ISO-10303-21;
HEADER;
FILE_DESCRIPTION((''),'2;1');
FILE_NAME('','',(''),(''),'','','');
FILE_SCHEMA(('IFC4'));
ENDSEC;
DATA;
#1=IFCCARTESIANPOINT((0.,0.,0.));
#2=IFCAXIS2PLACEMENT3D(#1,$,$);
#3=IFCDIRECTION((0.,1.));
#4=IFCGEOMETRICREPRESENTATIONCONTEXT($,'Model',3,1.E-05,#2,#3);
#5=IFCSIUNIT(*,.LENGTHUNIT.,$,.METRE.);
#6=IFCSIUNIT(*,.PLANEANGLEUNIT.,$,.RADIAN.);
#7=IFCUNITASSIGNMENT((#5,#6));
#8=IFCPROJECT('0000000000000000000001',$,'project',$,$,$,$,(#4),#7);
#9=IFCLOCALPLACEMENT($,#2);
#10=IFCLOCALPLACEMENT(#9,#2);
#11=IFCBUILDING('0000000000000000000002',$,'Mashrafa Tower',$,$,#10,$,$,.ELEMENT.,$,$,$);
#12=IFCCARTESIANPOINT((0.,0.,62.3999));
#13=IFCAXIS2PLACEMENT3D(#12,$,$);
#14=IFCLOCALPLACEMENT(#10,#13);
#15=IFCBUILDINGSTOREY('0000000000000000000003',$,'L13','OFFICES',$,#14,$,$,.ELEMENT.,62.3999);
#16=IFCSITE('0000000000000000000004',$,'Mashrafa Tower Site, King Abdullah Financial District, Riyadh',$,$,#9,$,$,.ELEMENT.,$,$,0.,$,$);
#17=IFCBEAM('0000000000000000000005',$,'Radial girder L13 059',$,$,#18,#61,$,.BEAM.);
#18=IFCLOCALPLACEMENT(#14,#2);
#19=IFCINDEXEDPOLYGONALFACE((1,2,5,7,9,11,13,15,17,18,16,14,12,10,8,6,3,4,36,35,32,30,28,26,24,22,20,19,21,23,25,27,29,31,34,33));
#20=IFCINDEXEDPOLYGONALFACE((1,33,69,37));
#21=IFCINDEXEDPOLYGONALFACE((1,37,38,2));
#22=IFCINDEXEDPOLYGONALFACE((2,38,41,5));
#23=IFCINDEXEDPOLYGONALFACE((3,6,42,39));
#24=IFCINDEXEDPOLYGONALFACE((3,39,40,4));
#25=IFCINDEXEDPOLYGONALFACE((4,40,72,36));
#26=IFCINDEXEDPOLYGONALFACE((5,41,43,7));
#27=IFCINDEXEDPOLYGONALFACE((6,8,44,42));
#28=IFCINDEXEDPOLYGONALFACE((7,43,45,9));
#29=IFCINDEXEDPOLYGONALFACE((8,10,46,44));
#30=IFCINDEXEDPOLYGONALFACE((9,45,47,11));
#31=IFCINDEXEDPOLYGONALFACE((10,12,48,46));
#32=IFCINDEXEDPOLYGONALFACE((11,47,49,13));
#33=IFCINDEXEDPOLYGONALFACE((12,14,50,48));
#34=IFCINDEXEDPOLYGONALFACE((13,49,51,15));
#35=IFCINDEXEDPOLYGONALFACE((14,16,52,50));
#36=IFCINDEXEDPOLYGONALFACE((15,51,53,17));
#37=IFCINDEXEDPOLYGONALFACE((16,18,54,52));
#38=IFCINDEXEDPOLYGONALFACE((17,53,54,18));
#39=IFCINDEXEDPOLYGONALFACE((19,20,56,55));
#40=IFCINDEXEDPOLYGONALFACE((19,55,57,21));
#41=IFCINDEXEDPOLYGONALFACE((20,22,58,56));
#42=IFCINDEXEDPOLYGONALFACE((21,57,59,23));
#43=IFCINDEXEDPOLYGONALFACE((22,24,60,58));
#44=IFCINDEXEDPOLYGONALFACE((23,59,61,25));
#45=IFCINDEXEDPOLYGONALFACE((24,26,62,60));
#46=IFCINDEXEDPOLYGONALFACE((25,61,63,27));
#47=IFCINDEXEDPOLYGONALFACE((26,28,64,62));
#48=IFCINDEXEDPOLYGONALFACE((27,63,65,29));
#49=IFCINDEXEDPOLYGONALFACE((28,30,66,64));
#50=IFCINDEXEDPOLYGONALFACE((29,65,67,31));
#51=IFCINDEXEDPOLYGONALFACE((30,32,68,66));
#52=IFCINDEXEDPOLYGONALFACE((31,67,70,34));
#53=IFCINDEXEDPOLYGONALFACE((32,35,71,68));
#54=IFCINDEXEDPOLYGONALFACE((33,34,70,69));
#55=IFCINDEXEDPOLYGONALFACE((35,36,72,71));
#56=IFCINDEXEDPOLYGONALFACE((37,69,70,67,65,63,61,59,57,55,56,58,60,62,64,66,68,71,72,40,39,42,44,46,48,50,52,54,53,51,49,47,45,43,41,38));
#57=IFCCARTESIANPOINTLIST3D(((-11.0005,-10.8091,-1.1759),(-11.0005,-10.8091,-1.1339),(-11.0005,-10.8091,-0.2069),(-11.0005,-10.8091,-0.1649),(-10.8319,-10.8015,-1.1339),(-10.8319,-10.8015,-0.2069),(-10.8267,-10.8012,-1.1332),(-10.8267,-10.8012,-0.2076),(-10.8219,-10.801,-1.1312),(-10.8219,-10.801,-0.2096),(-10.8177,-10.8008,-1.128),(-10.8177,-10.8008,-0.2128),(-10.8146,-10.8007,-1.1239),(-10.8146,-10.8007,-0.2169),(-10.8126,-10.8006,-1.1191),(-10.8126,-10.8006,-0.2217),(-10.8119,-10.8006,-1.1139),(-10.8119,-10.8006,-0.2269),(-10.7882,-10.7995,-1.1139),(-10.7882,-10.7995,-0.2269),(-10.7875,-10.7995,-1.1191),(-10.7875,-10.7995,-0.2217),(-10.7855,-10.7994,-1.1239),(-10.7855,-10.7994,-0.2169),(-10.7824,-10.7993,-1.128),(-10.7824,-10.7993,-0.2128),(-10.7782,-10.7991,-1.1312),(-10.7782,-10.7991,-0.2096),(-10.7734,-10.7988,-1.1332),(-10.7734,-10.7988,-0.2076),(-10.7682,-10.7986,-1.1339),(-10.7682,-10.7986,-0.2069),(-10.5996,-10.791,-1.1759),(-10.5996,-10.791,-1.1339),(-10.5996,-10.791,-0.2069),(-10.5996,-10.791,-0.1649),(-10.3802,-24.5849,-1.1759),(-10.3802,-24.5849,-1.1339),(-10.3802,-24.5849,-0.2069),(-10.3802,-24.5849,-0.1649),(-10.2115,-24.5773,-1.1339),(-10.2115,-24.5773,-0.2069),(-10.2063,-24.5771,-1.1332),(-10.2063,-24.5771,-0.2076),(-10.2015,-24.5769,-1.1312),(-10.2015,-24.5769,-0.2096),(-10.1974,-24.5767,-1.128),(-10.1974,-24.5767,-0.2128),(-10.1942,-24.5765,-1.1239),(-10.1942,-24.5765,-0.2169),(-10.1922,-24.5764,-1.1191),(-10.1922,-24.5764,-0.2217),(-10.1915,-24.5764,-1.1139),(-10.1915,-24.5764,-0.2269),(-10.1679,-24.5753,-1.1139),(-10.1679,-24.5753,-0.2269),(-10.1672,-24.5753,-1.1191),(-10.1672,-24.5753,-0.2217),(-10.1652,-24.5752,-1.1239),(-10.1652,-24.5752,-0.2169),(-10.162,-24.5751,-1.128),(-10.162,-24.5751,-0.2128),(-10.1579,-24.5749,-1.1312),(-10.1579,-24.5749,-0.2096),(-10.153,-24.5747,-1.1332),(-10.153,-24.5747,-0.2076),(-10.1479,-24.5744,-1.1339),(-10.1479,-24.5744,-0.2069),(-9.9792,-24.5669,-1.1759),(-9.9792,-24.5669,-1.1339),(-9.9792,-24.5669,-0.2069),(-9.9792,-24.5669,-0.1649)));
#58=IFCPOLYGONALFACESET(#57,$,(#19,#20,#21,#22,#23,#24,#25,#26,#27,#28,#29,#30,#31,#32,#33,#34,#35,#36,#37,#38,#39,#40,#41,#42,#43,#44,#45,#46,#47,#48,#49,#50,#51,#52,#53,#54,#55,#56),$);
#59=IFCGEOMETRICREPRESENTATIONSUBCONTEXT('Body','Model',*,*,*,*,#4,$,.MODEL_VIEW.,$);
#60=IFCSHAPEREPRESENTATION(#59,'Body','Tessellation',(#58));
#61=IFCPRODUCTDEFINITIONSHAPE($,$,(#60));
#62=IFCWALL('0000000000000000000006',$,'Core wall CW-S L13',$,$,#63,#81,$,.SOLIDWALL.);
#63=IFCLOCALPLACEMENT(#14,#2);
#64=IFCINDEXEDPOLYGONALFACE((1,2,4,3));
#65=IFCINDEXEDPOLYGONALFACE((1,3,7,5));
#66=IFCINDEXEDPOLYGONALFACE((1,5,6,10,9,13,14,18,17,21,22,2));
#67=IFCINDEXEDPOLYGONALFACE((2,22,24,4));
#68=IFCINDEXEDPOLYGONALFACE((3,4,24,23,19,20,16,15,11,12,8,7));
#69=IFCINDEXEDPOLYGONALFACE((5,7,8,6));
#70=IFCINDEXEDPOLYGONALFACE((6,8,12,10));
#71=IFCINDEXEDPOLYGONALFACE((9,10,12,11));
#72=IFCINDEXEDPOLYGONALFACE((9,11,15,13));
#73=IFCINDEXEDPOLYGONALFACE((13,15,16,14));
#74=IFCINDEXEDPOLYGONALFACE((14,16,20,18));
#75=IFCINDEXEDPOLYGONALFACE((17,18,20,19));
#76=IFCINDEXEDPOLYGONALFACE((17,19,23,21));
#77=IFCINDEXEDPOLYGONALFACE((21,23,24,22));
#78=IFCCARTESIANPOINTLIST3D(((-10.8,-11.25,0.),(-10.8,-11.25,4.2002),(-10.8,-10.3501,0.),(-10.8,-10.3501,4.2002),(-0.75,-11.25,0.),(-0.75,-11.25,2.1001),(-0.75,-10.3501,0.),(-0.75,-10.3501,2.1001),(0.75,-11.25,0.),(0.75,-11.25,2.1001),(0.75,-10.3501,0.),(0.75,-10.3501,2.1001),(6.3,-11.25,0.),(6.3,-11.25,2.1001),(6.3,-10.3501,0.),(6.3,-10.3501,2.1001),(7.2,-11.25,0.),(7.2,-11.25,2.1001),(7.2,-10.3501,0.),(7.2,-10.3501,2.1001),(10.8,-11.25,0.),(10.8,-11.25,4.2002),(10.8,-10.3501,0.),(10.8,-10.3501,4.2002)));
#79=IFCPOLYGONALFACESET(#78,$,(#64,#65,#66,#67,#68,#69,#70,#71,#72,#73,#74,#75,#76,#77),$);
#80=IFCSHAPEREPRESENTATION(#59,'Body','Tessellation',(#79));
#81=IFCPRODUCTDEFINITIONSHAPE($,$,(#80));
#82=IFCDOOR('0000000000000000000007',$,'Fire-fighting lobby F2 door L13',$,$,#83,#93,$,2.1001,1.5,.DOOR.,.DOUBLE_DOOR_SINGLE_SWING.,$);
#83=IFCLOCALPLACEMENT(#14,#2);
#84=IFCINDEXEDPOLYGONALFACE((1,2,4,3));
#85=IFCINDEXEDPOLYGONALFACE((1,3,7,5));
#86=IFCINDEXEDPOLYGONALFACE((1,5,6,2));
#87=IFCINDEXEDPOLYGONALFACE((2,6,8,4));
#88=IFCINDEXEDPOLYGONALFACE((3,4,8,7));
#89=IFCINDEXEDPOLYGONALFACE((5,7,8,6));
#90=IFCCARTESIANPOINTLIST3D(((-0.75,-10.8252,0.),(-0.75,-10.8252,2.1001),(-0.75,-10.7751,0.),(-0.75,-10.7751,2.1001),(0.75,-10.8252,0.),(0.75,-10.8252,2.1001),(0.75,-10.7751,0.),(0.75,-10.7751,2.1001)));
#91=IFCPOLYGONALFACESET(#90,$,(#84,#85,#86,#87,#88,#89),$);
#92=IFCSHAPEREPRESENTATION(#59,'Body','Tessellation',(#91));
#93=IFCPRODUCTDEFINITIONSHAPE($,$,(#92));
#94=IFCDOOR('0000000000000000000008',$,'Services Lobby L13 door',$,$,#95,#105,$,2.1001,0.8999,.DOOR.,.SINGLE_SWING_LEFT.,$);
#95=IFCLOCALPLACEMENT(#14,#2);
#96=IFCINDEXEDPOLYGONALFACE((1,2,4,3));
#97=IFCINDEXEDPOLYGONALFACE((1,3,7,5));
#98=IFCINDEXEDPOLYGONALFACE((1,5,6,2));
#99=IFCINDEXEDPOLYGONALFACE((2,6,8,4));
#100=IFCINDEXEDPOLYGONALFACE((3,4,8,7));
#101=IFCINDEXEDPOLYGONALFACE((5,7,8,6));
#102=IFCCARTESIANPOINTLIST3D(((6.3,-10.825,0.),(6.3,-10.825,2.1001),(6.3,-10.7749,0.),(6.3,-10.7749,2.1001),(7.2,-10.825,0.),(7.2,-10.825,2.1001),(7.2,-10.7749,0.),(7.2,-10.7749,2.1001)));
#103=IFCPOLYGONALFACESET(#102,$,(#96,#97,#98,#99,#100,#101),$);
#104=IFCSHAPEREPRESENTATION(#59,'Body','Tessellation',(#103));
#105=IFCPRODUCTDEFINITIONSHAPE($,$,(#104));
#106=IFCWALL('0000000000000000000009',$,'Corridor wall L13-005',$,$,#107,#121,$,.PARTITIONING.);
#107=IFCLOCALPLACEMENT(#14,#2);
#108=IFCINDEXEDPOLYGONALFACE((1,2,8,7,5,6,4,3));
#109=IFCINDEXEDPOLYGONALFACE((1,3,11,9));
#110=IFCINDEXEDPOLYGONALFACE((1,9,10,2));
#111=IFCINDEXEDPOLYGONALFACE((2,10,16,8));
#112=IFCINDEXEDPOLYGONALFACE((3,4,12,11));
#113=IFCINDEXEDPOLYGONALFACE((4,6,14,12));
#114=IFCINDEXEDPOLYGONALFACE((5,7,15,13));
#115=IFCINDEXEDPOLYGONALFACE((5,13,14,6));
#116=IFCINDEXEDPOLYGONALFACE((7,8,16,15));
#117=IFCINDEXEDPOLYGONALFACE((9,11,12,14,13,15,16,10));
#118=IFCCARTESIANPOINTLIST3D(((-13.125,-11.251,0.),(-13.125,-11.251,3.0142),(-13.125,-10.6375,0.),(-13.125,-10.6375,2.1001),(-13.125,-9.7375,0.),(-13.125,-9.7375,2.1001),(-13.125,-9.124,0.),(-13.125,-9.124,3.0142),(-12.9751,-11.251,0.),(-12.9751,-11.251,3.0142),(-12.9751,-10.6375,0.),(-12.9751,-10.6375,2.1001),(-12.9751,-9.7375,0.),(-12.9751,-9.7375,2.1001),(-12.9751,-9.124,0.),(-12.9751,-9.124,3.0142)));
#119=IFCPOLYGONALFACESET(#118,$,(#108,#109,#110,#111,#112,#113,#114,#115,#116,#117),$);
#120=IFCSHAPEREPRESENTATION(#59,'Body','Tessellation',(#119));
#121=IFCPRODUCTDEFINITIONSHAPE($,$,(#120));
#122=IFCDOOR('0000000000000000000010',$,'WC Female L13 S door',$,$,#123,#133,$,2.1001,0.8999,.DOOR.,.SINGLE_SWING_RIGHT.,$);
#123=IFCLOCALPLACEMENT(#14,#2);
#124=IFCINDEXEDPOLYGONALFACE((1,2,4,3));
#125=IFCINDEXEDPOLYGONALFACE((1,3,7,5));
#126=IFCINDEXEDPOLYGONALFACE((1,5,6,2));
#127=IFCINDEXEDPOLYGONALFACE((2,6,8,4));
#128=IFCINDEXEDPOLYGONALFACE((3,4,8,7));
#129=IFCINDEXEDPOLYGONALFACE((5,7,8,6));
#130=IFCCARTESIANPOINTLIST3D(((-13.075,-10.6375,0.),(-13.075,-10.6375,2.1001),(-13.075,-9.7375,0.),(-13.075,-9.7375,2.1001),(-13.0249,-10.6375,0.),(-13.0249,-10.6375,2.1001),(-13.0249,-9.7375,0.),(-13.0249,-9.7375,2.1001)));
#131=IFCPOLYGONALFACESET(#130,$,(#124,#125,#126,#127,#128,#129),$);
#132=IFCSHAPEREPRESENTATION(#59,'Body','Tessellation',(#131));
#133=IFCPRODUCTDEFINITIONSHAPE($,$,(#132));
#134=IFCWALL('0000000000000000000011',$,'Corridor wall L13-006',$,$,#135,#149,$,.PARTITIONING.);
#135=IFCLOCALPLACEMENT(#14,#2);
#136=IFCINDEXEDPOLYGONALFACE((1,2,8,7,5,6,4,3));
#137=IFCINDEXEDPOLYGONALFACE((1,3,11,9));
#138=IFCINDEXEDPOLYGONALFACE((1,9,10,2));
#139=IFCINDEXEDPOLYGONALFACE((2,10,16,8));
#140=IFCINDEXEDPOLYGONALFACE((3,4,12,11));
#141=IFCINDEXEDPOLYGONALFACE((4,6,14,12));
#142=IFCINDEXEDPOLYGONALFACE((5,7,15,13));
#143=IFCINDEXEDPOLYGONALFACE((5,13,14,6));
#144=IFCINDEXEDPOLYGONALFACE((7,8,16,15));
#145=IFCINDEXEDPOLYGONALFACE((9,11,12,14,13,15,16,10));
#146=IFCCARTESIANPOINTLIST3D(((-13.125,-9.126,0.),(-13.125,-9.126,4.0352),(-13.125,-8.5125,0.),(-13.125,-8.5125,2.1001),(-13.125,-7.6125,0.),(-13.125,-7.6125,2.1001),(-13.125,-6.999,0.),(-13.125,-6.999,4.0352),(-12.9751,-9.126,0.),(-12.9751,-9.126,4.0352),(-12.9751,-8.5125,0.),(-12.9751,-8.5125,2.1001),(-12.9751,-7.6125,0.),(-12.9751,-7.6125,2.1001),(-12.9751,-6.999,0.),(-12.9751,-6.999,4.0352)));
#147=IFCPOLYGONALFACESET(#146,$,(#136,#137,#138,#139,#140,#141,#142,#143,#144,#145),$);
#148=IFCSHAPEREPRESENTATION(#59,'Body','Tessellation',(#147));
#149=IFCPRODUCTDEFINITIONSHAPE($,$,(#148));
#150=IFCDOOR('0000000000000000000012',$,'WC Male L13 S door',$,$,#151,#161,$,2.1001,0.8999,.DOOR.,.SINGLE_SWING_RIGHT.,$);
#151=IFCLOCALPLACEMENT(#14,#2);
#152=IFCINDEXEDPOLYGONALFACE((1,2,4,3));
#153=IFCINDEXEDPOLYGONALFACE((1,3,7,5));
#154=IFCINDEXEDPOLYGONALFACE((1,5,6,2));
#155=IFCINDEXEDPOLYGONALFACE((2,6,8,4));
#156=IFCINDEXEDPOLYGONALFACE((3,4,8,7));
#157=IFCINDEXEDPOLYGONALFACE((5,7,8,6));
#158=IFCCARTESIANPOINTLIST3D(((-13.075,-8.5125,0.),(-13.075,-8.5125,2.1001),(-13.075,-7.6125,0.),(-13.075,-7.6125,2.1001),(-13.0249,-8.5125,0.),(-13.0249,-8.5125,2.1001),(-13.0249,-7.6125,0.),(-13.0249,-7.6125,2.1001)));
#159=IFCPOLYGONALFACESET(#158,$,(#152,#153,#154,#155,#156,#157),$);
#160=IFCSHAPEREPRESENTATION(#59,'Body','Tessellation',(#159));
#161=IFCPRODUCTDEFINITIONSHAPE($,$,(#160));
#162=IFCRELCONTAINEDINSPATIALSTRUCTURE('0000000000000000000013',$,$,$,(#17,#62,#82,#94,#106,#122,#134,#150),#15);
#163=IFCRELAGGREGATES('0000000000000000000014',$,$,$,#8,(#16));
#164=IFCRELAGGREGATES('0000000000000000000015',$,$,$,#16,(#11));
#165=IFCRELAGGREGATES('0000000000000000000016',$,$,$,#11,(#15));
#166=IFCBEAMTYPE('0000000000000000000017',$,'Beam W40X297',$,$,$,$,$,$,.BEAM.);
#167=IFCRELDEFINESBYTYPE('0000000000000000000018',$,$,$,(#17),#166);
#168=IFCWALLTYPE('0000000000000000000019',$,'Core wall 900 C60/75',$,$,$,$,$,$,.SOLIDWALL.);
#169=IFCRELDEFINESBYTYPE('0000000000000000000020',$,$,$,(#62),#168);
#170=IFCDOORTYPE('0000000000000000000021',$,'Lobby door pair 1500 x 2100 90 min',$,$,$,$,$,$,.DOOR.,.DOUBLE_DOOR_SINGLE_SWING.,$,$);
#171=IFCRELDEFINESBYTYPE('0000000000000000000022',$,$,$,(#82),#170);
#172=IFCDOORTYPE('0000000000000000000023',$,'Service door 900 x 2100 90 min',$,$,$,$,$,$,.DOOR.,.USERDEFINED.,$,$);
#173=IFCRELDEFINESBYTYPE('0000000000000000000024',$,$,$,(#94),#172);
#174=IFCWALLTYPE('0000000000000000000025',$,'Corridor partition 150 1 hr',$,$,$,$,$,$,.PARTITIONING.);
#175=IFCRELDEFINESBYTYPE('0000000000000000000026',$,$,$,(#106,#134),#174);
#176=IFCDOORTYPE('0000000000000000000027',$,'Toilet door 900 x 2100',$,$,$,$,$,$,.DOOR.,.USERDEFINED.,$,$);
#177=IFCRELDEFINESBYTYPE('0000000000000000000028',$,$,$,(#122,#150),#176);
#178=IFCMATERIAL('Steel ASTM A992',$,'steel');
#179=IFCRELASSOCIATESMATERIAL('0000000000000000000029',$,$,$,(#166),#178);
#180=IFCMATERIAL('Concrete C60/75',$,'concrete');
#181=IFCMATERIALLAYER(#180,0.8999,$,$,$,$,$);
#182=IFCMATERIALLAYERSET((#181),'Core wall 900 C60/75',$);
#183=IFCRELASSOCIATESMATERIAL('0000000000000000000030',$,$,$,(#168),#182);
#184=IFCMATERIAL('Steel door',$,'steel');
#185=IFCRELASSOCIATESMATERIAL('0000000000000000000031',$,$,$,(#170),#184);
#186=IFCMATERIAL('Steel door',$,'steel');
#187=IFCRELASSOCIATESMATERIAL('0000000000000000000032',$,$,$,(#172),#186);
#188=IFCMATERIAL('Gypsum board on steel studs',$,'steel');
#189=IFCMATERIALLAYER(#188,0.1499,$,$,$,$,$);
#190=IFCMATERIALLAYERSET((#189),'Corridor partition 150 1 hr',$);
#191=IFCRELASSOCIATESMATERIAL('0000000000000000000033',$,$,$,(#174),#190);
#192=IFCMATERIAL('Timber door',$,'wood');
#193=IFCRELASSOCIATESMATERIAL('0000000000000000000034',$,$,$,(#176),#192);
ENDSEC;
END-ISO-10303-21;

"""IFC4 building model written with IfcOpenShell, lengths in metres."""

from ifc_helpers import new_model, si_unit, direction, frame, frame_2d, origin, origin_2d, place, context, subcontext, project, spatial, rectangle, i_section, extrude, material, layer, layer_set, material_profile, profile_set, type_object, element, fill, save


model = new_model("IFC4")

# Units and contexts
model_context = context("Model", 3, precision=1e-05, world=origin(), true_north=direction((0.0, 1.0)))
body_context = subcontext(model_context, "Body", "Model", "MODEL_VIEW")
ifc_project = project(units=[si_unit("LENGTHUNIT", "METRE"), si_unit("PLANEANGLEUNIT", "RADIAN")], contexts=[model_context])

# Site, building, storey
site_placement = place(None, origin())
site = spatial("IfcSite", under=ifc_project, at=site_placement, Name="Mashrafa Tower Site, King Abdullah Financial District, Riyadh", CompositionType="ELEMENT", RefElevation=0.0)
building_placement = place(site_placement, origin())
building = spatial("IfcBuilding", under=site, at=building_placement, Name="Mashrafa Tower", CompositionType="ELEMENT")
storey_placement = place(building_placement, frame((0.0, 0.0, 62.3999)))
storey = spatial("IfcBuildingStorey", under=building, at=storey_placement, Name="L13", Description="OFFICES", CompositionType="ELEMENT", Elevation=62.3999)

# Beam
ifc_material_1 = material(Name="Steel ASTM A992", Category="steel")
ifc_material_profile_1 = material_profile(ifc_material_1, i_section(OverallWidth=0.4014, OverallDepth=1.011, WebThickness=0.0237, FlangeThickness=0.042, FilletRadius=0.02, at=origin_2d()), Name="W40X297")
ifc_profile_set_1 = profile_set([ifc_material_profile_1], Name="Steel ASTM A992")
beam_type_1 = type_object("IfcBeamType", Name="Beam W40X297", PredefinedType="BEAM", material=ifc_profile_set_1)
for number, where, z_axis, x_axis, name in (
    (1, (-10.8, -10.8, -0.6704), (0.044987, -0.998988, 0.0), (0.998988, 0.044987, 0.0), "Radial girder L13 059"),
):
    element("IfcBeam", number, at=place(storey_placement, frame(where, z_axis=z_axis, x_axis=x_axis)), inside=storey, type_object=beam_type_1, Name=name, PredefinedType="BEAM", context=body_context, shape_type="SweptSolid", body=[
        extrude(i_section(OverallWidth=0.4014, OverallDepth=1.011, WebThickness=0.0237, FlangeThickness=0.042, FilletRadius=0.02, at=origin_2d()), origin(), (0.0, 0.0, 1.0), 13.7898),
    ])

# Wall, openings, doors
ifc_material_2 = material(Name="Concrete C60/75", Category="concrete")
ifc_layer_1 = layer(ifc_material_2, 0.8999)
ifc_layer_set_1 = layer_set([ifc_layer_1], Name="Core wall 900 C60/75")
wall_type_1 = type_object("IfcWallType", Name="Core wall 900 C60/75", PredefinedType="SOLIDWALL", material=ifc_layer_set_1)
wall_1_placement = place(storey_placement, frame((-10.8, -10.8, 0.0), z_axis=(0.0, 0.0, 1.0), x_axis=(1.0, 0.0, 0.0)))
wall_1 = element("IfcWall", 2, at=wall_1_placement, inside=storey, type_object=wall_type_1, Name="Core wall CW-S L13", PredefinedType="SOLIDWALL", context=body_context, shape_type="SweptSolid", body=[
    extrude(rectangle(XDim=21.6001, YDim=0.8999, at=frame_2d((10.8, 0.0))), origin(), (0.0, 0.0, 1.0), 4.2002),
])
opening_1_placement = place(wall_1_placement, frame((10.05, 0.0, 0.0)))
opening_1 = element("IfcOpeningElement", 3, at=opening_1_placement, cuts=wall_1, PredefinedType="OPENING", context=body_context, shape_type="SweptSolid", body=[
    extrude(rectangle(XDim=1.5, YDim=2.1001, at=frame_2d((0.75, 1.05))), frame((0.0, 0.46, 0.0), z_axis=(0.0, -1.0, 0.0), x_axis=(1.0, 0.0, 0.0)), (0.0, 0.0, 1.0), 0.9199),
])
opening_2_placement = place(wall_1_placement, frame((17.1001, 0.0, 0.0)))
opening_2 = element("IfcOpeningElement", 4, at=opening_2_placement, cuts=wall_1, PredefinedType="OPENING", context=body_context, shape_type="SweptSolid", body=[
    extrude(rectangle(XDim=0.8999, YDim=2.1001, at=frame_2d((0.45, 1.05))), frame((0.0, 0.46, 0.0), z_axis=(0.0, -1.0, 0.0), x_axis=(1.0, 0.0, 0.0)), (0.0, 0.0, 1.0), 0.9199),
])
ifc_material_3 = material(Name="Steel door", Category="steel")
door_type_1 = type_object("IfcDoorType", Name="Lobby door pair 1500 x 2100 90 min", OperationType="DOUBLE_DOOR_SINGLE_SWING", PredefinedType="DOOR", material=ifc_material_3)
door_1_placement = place(opening_1_placement, origin())
door_1 = element("IfcDoor", 5, at=door_1_placement, inside=storey, type_object=door_type_1, Name="Fire-fighting lobby F2 door L13", OperationType="DOUBLE_DOOR_SINGLE_SWING", OverallHeight=2.1001, OverallWidth=1.5, PredefinedType="DOOR", context=body_context, shape_type="SweptSolid", body=[
    extrude(rectangle(XDim=1.5, YDim=2.1001, at=frame_2d((0.75, 1.05))), frame((0.0, 0.0249, 0.0), z_axis=(0.0, -1.0, 0.0), x_axis=(1.0, 0.0, 0.0)), (0.0, 0.0, 1.0), 0.05),
])
fill(opening_1, door_1)
ifc_material_4 = material(Name="Steel door", Category="steel")
door_type_2 = type_object("IfcDoorType", Name="Service door 900 x 2100 90 min", OperationType="USERDEFINED", PredefinedType="DOOR", material=ifc_material_4)
door_2_placement = place(opening_2_placement, frame((0.8999, 0.0, 0.0), z_axis=(0.0, 0.0, 1.0), x_axis=(-1.0, 0.0, 0.0)))
door_2 = element("IfcDoor", 6, at=door_2_placement, inside=storey, type_object=door_type_2, Name="Services Lobby L13 door", OperationType="SINGLE_SWING_LEFT", OverallHeight=2.1001, OverallWidth=0.8999, PredefinedType="DOOR", context=body_context, shape_type="SweptSolid", body=[
    extrude(rectangle(XDim=0.8999, YDim=2.1001, at=frame_2d((0.45, 1.05))), frame((0.0, 0.0249, 0.0), z_axis=(0.0, -1.0, 0.0), x_axis=(1.0, 0.0, 0.0)), (0.0, 0.0, 1.0), 0.05),
])
fill(opening_2, door_2)

# Walls, openings, doors
ifc_material_5 = material(Name="Gypsum board on steel studs", Category="steel")
ifc_layer_2 = layer(ifc_material_5, 0.1499)
ifc_layer_set_2 = layer_set([ifc_layer_2], Name="Corridor partition 150 1 hr")
wall_type_2 = type_object("IfcWallType", Name="Corridor partition 150 1 hr", PredefinedType="PARTITIONING", material=ifc_layer_set_2)
wall_2_placement = place(storey_placement, frame((-13.05, -9.124, 0.0), z_axis=(0.0, 0.0, 1.0), x_axis=(0.0, -1.0, 0.0)))
wall_2 = element("IfcWall", 7, at=wall_2_placement, inside=storey, type_object=wall_type_2, Name="Corridor wall L13-005", PredefinedType="PARTITIONING", context=body_context, shape_type="SweptSolid", body=[
    extrude(rectangle(XDim=2.127, YDim=0.1499, at=frame_2d((1.0635, 0.0))), origin(), (0.0, 0.0, 1.0), 3.0142),
])
opening_3_placement = place(wall_2_placement, frame((0.6135, 0.0, 0.0)))
opening_3 = element("IfcOpeningElement", 8, at=opening_3_placement, cuts=wall_2, PredefinedType="OPENING", context=body_context, shape_type="SweptSolid", body=[
    extrude(rectangle(XDim=0.8999, YDim=2.1001, at=frame_2d((0.45, 1.05))), frame((0.0, 0.085, 0.0), z_axis=(0.0, -1.0, 0.0), x_axis=(1.0, 0.0, 0.0)), (0.0, 0.0, 1.0), 0.1699),
])
ifc_material_6 = material(Name="Timber door", Category="wood")
door_type_3 = type_object("IfcDoorType", Name="Toilet door 900 x 2100", OperationType="USERDEFINED", PredefinedType="DOOR", material=ifc_material_6)
door_3_placement = place(opening_3_placement, frame((0.8999, 0.0, 0.0), z_axis=(0.0, 0.0, 1.0), x_axis=(-1.0, 0.0, 0.0)))
door_3 = element("IfcDoor", 9, at=door_3_placement, inside=storey, type_object=door_type_3, Name="WC Female L13 S door", OperationType="SINGLE_SWING_RIGHT", OverallHeight=2.1001, OverallWidth=0.8999, PredefinedType="DOOR", context=body_context, shape_type="SweptSolid", body=[
    extrude(rectangle(XDim=0.8999, YDim=2.1001, at=frame_2d((0.45, 1.05))), frame((0.0, 0.0249, 0.0), z_axis=(0.0, -1.0, 0.0), x_axis=(1.0, 0.0, 0.0)), (0.0, 0.0, 1.0), 0.05),
])
fill(opening_3, door_3)
wall_3_placement = place(storey_placement, frame((-13.05, -6.999, 0.0), z_axis=(0.0, 0.0, 1.0), x_axis=(0.0, -1.0, 0.0)))
wall_3 = element("IfcWall", 10, at=wall_3_placement, inside=storey, type_object=wall_type_2, Name="Corridor wall L13-006", PredefinedType="PARTITIONING", context=body_context, shape_type="SweptSolid", body=[
    extrude(rectangle(XDim=2.127, YDim=0.1499, at=frame_2d((1.0635, 0.0))), origin(), (0.0, 0.0, 1.0), 4.0352),
])
opening_4_placement = place(wall_3_placement, frame((0.6135, 0.0, 0.0)))
opening_4 = element("IfcOpeningElement", 11, at=opening_4_placement, cuts=wall_3, PredefinedType="OPENING", context=body_context, shape_type="SweptSolid", body=[
    extrude(rectangle(XDim=0.8999, YDim=2.1001, at=frame_2d((0.45, 1.05))), frame((0.0, 0.085, 0.0), z_axis=(0.0, -1.0, 0.0), x_axis=(1.0, 0.0, 0.0)), (0.0, 0.0, 1.0), 0.1699),
])
door_4_placement = place(opening_4_placement, frame((0.8999, 0.0, 0.0), z_axis=(0.0, 0.0, 1.0), x_axis=(-1.0, 0.0, 0.0)))
door_4 = element("IfcDoor", 12, at=door_4_placement, inside=storey, type_object=door_type_3, Name="WC Male L13 S door", OperationType="SINGLE_SWING_RIGHT", OverallHeight=2.1001, OverallWidth=0.8999, PredefinedType="DOOR", context=body_context, shape_type="SweptSolid", body=[
    extrude(rectangle(XDim=0.8999, YDim=2.1001, at=frame_2d((0.45, 1.05))), frame((0.0, 0.0249, 0.0), z_axis=(0.0, -1.0, 0.0), x_axis=(1.0, 0.0, 0.0)), (0.0, 0.0, 1.0), 0.05),
])
fill(opening_4, door_4)

save(model, "model.ifc")
